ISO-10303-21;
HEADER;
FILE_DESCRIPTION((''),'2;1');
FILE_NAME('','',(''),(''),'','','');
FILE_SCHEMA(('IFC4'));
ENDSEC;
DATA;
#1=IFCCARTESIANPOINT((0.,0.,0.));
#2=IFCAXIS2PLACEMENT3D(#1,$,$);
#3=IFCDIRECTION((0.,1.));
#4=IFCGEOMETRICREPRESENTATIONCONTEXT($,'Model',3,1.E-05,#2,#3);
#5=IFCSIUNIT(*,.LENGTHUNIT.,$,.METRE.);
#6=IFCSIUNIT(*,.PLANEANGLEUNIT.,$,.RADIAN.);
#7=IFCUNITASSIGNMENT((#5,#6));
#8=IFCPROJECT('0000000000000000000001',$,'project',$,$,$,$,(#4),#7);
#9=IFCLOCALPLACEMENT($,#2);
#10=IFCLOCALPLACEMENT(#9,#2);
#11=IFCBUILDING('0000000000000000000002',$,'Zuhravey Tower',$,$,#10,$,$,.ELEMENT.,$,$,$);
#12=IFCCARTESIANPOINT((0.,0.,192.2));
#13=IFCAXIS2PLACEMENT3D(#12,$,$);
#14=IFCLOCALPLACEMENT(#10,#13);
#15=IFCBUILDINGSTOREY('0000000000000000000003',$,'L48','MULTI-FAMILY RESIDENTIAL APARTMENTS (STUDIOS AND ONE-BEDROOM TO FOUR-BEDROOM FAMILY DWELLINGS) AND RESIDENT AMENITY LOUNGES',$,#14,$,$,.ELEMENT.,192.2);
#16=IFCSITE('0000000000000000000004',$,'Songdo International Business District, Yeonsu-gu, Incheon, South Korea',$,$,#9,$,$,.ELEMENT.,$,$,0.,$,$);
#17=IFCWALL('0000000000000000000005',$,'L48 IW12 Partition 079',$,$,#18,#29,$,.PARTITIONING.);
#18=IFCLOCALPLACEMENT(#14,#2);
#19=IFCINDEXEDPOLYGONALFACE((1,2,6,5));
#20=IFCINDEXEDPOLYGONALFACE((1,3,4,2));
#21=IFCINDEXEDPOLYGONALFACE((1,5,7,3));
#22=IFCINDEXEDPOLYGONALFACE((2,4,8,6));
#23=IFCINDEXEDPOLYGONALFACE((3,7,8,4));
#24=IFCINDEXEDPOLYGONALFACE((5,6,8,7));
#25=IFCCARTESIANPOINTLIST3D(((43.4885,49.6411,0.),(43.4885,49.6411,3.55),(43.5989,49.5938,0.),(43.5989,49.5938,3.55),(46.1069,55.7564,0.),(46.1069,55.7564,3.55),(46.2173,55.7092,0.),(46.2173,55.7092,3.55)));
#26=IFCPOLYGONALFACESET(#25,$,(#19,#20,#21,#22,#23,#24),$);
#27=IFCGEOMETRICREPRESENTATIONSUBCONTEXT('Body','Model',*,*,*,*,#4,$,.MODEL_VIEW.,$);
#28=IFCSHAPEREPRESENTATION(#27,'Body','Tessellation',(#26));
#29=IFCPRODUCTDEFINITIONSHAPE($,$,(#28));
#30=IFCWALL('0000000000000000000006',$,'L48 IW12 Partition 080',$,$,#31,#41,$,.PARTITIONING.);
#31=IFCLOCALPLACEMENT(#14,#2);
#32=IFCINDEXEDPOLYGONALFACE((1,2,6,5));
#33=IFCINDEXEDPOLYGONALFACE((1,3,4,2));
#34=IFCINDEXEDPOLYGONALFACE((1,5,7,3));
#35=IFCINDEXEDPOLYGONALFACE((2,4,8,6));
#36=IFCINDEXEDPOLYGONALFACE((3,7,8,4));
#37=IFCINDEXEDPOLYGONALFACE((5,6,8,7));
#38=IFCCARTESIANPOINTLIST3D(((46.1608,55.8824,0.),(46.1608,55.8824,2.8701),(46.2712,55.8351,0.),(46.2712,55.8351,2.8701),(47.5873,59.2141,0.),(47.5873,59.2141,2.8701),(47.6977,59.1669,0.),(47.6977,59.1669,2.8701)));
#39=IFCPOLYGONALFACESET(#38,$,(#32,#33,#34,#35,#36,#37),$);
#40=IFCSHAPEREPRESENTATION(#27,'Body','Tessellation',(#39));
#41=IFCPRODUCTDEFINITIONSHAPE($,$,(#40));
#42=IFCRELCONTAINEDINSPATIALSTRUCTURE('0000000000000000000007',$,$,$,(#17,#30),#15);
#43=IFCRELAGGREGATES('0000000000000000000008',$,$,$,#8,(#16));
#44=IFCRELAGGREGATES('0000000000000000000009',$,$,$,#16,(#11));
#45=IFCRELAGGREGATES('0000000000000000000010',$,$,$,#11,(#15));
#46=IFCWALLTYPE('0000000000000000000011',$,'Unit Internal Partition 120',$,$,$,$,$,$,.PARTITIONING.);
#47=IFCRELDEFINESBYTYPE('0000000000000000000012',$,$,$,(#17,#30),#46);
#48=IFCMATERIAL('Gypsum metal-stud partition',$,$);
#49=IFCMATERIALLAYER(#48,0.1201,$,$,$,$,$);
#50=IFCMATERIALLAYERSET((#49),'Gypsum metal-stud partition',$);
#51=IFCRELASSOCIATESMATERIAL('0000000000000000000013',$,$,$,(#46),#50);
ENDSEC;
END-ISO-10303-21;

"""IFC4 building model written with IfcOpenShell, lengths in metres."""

from ifc_helpers import new_model, si_unit, direction, frame, frame_2d, origin, place, context, subcontext, project, spatial, rectangle, extrude, material, layer, layer_set, type_object, element, save


model = new_model("IFC4")

# Units and contexts
model_context = context("Model", 3, precision=1e-05, world=origin(), true_north=direction((0.0, 1.0)))
body_context = subcontext(model_context, "Body", "Model", "MODEL_VIEW")
ifc_project = project(units=[si_unit("LENGTHUNIT", "METRE"), si_unit("PLANEANGLEUNIT", "RADIAN")], contexts=[model_context])

# Site, building, storey
site_placement = place(None, origin())
site = spatial("IfcSite", under=ifc_project, at=site_placement, Name="Songdo International Business District, Yeonsu-gu, Incheon, South Korea", CompositionType="ELEMENT", RefElevation=0.0)
building_placement = place(site_placement, origin())
building = spatial("IfcBuilding", under=site, at=building_placement, Name="Zuhravey Tower", CompositionType="ELEMENT")
storey_placement = place(building_placement, frame((0.0, 0.0, 192.2)))
storey = spatial("IfcBuildingStorey", under=building, at=storey_placement, Name="L48", Description="MULTI-FAMILY RESIDENTIAL APARTMENTS (STUDIOS AND ONE-BEDROOM TO FOUR-BEDROOM FAMILY DWELLINGS) AND RESIDENT AMENITY LOUNGES", CompositionType="ELEMENT", Elevation=192.2)

# Shared definitions
ifc_material_1 = material(Name="Gypsum metal-stud partition")
ifc_layer_1 = layer(ifc_material_1, 0.1201)
ifc_layer_set_1 = layer_set([ifc_layer_1], Name="Gypsum metal-stud partition")
wall_type = type_object("IfcWallType", Name="Unit Internal Partition 120", PredefinedType="PARTITIONING", material=ifc_layer_set_1)

# Walls
wall_1_placement = place(storey_placement, frame((43.5437, 49.6174, 0.0), z_axis=(0.0, 0.0, 1.0), x_axis=(0.3936, 0.919282, 0.0)))
element("IfcWall", 1, at=wall_1_placement, inside=storey, type_object=wall_type, Name="L48 IW12 Partition 079", PredefinedType="PARTITIONING", context=body_context, shape_type="SweptSolid", body=[
    extrude(rectangle(XDim=6.6523, YDim=0.1201, at=frame_2d((3.3262, 0.0))), origin(), (0.0, 0.0, 1.0), 3.55),
])
wall_2_placement = place(storey_placement, frame((46.2161, 55.8589, 0.0), z_axis=(0.0, 0.0, 1.0), x_axis=(0.393594, 0.919284, 0.0)))
element("IfcWall", 2, at=wall_2_placement, inside=storey, type_object=wall_type, Name="L48 IW12 Partition 080", PredefinedType="PARTITIONING", context=body_context, shape_type="SweptSolid", body=[
    extrude(rectangle(XDim=3.6243, YDim=0.1201, at=frame_2d((1.812, 0.0))), origin(), (0.0, 0.0, 1.0), 2.8701),
])

save(model, "model.ifc")
